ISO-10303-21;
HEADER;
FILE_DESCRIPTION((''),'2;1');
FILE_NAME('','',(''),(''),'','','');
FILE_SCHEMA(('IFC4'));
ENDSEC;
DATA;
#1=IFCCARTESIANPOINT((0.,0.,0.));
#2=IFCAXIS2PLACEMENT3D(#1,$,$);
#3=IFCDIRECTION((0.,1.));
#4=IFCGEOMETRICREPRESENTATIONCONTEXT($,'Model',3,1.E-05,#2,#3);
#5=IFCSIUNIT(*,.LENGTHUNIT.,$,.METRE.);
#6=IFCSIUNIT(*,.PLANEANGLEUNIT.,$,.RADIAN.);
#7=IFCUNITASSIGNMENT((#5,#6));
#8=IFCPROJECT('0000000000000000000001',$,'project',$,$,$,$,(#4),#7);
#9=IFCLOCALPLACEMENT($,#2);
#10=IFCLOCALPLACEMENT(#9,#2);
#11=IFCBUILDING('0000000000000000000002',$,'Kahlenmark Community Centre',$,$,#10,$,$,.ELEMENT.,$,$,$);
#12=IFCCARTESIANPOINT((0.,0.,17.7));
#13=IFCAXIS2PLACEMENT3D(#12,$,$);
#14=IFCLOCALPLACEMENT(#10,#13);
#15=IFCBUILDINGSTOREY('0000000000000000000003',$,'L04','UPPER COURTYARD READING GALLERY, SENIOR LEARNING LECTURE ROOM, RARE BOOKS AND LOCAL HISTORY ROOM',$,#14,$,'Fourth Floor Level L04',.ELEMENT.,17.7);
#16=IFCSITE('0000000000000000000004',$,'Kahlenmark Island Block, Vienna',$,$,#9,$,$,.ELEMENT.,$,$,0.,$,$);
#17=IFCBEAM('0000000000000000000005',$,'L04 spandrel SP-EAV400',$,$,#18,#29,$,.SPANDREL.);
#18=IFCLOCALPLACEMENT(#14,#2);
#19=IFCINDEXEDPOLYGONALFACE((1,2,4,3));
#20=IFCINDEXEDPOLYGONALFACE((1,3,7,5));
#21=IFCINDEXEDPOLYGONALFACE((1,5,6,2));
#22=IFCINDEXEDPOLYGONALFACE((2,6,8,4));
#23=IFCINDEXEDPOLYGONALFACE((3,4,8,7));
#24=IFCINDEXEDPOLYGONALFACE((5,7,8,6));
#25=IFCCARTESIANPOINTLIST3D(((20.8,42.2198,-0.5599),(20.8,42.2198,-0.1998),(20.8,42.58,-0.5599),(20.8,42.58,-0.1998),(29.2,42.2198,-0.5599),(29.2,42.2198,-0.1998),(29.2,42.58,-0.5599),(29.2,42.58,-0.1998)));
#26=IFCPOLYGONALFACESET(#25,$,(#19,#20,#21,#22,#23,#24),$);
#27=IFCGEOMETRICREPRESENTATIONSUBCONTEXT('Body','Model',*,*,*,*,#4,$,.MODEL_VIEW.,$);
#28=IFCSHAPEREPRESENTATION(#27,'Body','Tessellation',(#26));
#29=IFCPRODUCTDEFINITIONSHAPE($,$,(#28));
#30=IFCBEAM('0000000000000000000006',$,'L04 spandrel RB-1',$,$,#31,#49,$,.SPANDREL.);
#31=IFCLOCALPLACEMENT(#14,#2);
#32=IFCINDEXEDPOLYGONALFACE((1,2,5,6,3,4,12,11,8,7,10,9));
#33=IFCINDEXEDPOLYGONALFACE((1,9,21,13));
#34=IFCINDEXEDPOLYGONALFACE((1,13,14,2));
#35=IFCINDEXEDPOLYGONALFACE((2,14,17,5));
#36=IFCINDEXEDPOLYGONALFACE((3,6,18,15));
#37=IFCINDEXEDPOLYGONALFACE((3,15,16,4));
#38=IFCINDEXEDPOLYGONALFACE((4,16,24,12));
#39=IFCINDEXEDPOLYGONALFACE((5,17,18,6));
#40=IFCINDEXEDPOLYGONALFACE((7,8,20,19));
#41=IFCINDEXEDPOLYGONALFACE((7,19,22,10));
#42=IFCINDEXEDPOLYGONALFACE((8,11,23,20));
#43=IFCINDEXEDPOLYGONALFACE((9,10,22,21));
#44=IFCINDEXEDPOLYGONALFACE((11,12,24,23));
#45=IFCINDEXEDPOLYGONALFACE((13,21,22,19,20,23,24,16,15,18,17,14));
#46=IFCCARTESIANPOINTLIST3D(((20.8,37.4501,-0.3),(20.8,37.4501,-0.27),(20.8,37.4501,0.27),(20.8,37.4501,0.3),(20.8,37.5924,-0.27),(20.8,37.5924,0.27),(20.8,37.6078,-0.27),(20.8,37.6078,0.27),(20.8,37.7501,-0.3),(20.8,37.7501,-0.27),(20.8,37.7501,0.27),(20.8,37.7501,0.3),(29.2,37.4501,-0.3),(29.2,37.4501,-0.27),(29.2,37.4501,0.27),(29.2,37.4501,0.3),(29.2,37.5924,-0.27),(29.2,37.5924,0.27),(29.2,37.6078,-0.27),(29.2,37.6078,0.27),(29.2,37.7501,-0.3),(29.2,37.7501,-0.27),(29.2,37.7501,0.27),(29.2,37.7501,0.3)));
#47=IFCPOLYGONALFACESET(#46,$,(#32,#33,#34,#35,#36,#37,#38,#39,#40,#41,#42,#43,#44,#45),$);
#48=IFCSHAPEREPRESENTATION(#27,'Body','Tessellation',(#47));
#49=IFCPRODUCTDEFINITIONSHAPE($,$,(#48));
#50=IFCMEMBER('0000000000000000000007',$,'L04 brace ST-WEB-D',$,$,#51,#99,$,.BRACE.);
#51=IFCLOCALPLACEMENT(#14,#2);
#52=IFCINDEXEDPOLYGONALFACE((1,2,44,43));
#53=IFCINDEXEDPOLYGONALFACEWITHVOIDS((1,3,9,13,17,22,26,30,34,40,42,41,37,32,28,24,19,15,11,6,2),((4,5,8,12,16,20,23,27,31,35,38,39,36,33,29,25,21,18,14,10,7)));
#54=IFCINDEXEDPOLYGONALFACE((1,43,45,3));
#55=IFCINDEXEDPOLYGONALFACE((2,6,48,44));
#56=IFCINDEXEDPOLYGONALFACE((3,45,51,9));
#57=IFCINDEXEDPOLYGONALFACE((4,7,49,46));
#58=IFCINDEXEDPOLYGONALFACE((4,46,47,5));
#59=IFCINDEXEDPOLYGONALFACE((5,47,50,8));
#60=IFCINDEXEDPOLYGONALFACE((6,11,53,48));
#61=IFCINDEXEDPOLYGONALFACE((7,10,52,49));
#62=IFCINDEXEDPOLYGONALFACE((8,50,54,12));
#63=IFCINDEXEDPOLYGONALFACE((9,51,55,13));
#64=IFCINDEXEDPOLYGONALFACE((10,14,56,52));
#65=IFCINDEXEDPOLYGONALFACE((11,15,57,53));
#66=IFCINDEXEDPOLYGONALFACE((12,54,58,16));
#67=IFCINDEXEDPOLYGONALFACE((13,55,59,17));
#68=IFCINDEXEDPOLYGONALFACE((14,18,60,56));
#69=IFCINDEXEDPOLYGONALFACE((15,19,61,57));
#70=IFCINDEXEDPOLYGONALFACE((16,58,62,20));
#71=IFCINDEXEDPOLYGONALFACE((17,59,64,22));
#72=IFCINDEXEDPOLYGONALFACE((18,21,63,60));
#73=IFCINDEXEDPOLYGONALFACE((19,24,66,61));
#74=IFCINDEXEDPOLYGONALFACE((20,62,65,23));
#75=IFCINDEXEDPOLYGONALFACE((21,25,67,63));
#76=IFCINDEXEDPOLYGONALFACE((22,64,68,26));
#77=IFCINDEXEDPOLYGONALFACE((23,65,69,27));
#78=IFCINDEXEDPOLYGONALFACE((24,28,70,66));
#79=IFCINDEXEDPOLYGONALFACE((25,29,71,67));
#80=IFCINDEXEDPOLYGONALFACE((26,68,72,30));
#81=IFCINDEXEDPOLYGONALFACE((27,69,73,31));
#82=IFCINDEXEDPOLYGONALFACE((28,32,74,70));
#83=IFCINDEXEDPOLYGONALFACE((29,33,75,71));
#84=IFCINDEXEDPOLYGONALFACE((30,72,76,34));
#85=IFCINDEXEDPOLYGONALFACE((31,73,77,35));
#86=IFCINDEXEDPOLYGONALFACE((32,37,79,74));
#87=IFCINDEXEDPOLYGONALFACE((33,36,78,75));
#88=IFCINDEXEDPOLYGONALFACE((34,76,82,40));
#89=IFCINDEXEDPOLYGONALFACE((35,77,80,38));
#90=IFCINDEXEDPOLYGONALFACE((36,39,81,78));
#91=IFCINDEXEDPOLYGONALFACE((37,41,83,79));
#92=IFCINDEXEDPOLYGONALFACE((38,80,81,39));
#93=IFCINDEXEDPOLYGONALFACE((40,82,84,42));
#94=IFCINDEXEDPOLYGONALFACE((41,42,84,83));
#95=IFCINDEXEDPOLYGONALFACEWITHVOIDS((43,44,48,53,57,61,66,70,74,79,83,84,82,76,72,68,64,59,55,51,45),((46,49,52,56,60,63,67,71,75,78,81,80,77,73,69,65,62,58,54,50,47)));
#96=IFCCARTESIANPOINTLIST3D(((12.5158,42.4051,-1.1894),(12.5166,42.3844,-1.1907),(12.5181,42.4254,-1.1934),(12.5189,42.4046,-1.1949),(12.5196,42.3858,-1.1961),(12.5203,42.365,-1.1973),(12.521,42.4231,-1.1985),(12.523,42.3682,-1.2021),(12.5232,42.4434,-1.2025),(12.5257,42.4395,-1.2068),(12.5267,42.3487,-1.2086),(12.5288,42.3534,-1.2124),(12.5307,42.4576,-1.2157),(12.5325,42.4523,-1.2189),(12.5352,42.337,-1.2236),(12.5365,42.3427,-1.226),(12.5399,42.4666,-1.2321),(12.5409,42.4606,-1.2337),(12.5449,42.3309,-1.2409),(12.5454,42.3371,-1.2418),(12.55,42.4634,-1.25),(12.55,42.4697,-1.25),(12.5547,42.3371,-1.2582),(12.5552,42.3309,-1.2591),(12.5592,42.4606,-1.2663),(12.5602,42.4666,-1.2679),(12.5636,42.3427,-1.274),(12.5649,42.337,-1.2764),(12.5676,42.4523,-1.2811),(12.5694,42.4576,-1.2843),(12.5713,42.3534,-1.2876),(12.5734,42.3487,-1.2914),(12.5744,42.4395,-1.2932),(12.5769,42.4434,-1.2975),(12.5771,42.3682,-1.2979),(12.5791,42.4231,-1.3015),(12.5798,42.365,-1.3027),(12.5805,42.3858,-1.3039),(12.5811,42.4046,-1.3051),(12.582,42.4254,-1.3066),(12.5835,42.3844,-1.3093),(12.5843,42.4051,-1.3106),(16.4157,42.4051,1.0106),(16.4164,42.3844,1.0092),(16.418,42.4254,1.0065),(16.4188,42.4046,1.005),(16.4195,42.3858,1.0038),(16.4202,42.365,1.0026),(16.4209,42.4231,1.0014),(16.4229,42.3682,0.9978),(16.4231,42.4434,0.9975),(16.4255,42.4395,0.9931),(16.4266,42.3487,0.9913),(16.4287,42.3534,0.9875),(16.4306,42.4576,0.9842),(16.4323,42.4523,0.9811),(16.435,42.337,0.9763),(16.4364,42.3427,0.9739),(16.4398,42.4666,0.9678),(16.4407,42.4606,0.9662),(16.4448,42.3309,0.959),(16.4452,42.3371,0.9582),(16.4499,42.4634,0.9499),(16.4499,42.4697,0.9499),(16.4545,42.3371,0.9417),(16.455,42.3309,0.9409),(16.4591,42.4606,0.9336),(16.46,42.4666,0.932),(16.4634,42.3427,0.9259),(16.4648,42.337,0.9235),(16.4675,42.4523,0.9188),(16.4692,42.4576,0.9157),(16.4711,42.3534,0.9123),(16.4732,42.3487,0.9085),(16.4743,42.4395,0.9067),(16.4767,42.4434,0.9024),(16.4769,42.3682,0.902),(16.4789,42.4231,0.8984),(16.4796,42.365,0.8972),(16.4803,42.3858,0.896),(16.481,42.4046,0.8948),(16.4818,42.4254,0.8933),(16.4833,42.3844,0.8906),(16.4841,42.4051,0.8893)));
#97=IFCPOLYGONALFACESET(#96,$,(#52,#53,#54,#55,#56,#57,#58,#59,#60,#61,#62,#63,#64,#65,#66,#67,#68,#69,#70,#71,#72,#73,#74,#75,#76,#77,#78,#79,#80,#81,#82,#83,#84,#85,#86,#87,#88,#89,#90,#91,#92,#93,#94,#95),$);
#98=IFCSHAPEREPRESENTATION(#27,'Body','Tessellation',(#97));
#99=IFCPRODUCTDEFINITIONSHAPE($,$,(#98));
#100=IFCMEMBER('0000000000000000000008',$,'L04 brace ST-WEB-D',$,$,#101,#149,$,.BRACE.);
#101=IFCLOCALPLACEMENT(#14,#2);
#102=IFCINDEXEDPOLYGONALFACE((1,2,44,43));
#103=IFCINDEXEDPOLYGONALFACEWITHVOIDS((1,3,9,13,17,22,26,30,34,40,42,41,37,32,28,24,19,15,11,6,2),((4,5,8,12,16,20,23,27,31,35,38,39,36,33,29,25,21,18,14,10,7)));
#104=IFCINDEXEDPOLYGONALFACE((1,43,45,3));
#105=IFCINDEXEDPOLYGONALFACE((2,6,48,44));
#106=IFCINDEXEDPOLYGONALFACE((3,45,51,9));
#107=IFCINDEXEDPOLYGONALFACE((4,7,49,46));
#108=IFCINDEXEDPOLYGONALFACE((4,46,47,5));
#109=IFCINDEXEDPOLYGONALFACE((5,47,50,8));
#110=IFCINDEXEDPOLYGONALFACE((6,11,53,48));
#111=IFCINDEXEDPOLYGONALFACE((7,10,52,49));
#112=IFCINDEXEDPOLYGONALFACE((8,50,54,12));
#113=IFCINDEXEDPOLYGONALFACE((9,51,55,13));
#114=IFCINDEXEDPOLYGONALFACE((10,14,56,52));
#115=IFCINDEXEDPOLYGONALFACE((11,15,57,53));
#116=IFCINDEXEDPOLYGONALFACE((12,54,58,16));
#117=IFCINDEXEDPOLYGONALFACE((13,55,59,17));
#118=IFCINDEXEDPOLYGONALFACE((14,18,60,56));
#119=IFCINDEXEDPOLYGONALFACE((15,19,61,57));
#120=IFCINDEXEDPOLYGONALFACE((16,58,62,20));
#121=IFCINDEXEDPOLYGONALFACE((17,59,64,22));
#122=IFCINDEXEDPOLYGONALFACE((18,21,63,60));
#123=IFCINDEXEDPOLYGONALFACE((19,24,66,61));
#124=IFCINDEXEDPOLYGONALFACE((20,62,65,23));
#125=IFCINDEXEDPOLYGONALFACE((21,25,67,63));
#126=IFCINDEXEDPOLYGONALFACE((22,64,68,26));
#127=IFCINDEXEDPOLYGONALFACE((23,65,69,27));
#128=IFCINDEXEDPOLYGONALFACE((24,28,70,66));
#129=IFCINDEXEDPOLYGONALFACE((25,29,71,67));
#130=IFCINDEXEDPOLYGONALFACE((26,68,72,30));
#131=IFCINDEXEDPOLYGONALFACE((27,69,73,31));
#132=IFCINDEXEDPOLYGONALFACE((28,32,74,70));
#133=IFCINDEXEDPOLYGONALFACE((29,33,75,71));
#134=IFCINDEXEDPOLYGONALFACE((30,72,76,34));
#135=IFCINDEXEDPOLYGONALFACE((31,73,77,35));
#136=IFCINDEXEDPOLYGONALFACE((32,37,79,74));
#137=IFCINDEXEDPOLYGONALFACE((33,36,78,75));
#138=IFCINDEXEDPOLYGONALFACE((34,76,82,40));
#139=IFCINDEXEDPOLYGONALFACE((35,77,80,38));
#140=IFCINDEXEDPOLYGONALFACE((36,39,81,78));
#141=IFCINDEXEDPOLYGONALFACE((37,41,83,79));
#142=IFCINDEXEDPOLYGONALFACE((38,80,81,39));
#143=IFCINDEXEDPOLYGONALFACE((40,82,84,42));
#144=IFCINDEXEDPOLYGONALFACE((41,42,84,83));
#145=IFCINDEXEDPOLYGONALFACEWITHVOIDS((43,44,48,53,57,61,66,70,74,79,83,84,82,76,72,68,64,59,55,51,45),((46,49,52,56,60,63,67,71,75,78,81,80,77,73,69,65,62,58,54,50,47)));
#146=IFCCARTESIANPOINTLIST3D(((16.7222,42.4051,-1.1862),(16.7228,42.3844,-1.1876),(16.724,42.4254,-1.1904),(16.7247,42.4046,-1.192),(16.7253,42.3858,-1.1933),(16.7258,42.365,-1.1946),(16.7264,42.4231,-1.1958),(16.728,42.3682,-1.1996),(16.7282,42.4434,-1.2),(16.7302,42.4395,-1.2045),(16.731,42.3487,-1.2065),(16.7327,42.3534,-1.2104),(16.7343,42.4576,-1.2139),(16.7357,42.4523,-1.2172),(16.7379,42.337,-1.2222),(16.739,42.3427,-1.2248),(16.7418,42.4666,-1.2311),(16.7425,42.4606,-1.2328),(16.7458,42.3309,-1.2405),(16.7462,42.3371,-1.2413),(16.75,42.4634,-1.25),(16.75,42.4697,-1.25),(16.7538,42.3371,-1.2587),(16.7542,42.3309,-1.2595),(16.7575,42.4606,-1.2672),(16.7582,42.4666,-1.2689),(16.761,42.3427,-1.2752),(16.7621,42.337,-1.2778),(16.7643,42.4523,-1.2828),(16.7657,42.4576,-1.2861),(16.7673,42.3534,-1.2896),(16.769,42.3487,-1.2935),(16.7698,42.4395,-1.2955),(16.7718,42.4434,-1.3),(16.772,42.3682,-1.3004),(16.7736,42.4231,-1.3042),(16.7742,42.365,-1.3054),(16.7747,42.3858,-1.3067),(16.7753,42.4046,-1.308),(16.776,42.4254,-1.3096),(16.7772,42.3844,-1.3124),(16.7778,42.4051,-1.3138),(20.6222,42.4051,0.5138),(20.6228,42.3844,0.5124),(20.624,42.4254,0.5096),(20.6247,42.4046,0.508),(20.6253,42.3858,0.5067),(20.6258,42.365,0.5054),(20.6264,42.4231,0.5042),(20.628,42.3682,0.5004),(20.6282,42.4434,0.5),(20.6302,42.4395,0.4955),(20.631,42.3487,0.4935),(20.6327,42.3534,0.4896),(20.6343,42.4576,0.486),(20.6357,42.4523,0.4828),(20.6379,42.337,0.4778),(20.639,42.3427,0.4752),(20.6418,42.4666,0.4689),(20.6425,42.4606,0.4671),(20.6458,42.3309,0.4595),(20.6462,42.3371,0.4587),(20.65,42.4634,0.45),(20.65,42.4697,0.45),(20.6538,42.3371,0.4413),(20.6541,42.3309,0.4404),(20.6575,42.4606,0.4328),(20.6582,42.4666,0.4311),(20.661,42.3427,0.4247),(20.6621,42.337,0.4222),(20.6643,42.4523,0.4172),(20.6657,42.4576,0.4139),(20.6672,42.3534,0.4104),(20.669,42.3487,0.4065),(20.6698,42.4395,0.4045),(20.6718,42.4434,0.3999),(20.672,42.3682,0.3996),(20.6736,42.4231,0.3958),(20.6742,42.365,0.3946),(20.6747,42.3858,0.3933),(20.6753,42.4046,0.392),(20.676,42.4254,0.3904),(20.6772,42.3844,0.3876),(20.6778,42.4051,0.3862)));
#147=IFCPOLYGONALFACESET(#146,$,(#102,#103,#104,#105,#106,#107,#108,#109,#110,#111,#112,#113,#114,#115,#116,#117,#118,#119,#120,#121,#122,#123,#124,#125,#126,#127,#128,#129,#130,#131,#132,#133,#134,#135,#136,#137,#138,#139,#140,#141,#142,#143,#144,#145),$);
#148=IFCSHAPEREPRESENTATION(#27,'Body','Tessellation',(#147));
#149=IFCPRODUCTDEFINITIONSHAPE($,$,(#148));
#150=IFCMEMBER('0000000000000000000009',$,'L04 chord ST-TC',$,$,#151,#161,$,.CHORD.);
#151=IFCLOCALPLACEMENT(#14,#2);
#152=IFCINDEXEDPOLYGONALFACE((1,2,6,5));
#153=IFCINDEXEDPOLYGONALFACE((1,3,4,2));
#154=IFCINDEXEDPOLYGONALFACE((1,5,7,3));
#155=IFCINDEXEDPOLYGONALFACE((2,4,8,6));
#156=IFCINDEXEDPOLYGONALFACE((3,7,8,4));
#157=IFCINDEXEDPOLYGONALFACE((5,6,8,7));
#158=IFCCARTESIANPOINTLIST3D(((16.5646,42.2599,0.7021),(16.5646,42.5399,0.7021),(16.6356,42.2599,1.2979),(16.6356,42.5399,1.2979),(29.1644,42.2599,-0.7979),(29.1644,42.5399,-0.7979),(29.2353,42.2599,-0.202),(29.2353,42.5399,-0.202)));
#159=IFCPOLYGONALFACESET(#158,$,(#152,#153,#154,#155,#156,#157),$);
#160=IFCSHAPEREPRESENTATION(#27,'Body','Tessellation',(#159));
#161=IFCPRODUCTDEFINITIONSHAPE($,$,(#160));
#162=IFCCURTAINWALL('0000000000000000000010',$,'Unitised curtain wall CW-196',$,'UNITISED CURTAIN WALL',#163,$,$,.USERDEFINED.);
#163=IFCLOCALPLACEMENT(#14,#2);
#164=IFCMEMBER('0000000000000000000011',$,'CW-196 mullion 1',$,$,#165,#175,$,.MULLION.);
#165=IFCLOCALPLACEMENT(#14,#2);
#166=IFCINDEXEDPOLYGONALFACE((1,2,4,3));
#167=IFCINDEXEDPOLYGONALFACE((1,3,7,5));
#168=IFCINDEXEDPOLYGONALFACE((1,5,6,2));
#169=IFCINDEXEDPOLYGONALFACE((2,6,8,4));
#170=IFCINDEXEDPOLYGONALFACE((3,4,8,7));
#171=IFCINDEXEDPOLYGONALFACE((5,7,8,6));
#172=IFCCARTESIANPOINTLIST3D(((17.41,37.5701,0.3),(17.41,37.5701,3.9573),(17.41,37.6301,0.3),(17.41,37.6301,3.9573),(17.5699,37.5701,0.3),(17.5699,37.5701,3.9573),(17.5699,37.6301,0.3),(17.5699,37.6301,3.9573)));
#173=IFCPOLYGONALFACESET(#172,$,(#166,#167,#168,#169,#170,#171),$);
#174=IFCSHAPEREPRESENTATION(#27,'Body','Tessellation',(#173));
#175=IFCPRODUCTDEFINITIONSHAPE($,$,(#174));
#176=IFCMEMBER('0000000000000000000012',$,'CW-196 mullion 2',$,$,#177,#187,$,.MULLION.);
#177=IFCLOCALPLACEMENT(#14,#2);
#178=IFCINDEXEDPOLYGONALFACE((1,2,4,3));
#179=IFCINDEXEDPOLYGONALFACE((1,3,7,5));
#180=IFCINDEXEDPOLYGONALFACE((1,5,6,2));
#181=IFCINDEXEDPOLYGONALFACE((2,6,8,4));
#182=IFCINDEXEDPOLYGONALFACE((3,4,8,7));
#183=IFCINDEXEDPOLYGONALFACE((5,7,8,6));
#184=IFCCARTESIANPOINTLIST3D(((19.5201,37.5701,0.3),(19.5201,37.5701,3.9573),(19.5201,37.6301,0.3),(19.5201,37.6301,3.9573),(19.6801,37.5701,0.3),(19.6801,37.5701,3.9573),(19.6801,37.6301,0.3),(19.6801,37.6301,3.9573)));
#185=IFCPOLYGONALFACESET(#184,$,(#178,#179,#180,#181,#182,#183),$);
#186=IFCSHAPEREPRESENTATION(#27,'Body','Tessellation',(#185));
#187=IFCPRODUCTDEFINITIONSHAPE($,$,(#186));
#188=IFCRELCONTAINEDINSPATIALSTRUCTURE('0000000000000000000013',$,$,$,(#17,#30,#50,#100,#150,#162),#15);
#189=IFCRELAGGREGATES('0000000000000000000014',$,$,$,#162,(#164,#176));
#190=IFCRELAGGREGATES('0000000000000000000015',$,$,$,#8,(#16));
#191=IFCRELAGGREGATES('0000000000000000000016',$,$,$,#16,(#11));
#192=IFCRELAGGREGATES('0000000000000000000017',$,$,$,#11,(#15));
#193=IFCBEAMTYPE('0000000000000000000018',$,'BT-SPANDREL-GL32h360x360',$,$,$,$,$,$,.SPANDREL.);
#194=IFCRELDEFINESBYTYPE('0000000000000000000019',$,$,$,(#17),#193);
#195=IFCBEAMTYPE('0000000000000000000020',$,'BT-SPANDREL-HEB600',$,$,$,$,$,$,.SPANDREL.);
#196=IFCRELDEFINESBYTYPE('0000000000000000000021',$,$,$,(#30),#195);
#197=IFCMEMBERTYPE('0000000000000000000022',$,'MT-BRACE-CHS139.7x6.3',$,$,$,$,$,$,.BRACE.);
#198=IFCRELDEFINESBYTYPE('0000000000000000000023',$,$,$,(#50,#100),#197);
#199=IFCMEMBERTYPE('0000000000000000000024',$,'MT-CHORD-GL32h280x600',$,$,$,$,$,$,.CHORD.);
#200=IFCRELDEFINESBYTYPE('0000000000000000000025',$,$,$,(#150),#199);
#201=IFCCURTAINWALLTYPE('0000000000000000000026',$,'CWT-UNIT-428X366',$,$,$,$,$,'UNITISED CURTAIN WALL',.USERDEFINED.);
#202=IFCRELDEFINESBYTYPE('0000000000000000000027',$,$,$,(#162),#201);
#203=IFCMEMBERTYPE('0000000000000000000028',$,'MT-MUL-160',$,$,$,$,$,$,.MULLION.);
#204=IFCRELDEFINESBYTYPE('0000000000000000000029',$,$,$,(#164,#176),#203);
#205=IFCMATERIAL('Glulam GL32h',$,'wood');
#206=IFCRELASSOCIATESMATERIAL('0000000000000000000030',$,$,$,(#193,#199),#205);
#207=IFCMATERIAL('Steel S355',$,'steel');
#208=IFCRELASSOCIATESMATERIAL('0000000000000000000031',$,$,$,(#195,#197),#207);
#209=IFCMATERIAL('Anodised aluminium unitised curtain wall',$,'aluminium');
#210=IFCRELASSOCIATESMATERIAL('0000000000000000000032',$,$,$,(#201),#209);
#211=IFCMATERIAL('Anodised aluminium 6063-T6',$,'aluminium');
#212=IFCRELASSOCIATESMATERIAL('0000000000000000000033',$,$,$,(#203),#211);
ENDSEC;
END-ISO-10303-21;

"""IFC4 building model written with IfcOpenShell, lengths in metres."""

from ifc_helpers import new_model, si_unit, direction, frame, origin, origin_2d, place, context, subcontext, project, spatial, rectangle, hollow_circle, i_section, extrude, material, material_profile, profile_set, type_object, element, aggregate, save


model = new_model("IFC4")

# Units and contexts
model_context = context("Model", 3, precision=1e-05, world=origin(), true_north=direction((0.0, 1.0)))
body_context = subcontext(model_context, "Body", "Model", "MODEL_VIEW")
ifc_project = project(units=[si_unit("LENGTHUNIT", "METRE"), si_unit("PLANEANGLEUNIT", "RADIAN")], contexts=[model_context])

# Site, building, storey
site_placement = place(None, origin())
site = spatial("IfcSite", under=ifc_project, at=site_placement, Name="Kahlenmark Island Block, Vienna", CompositionType="ELEMENT", RefElevation=0.0)
building_placement = place(site_placement, origin())
building = spatial("IfcBuilding", under=site, at=building_placement, Name="Kahlenmark Community Centre", CompositionType="ELEMENT")
storey_placement = place(building_placement, frame((0.0, 0.0, 17.7)))
storey = spatial("IfcBuildingStorey", under=building, at=storey_placement, Name="L04", Description="UPPER COURTYARD READING GALLERY, SENIOR LEARNING LECTURE ROOM, RARE BOOKS AND LOCAL HISTORY ROOM", LongName="Fourth Floor Level L04", CompositionType="ELEMENT", Elevation=17.7)

# Beams
ifc_material_1 = material(Name="Glulam GL32h", Category="wood")
ifc_material_profile_1 = material_profile(ifc_material_1, rectangle(XDim=0.3601, YDim=0.3601, at=origin_2d()), Name="GL32h 360x360")
ifc_profile_set_1 = profile_set([ifc_material_profile_1], Name="Glulam GL32h")
beam_type_1 = type_object("IfcBeamType", Name="BT-SPANDREL-GL32h360x360", PredefinedType="SPANDREL", material=ifc_profile_set_1)
beam_1_placement = place(storey_placement, frame((20.8, 42.3999, -0.3799), z_axis=(1.0, 0.0, 0.0), x_axis=(0.0, 1.0, 0.0)))
element("IfcBeam", 1, at=beam_1_placement, inside=storey, type_object=beam_type_1, Name="L04 spandrel SP-EAV400", PredefinedType="SPANDREL", context=body_context, shape_type="SweptSolid", body=[
    extrude(rectangle(XDim=0.3601, YDim=0.3601, at=origin_2d()), origin(), (0.0, 0.0, 1.0), 8.3999),
])
ifc_material_2 = material(Name="Steel S355", Category="steel")
ifc_material_profile_2 = material_profile(ifc_material_2, i_section(OverallWidth=0.3, OverallDepth=0.6001, WebThickness=0.0154, FlangeThickness=0.03, at=origin_2d()), Name="HEB 600")
ifc_profile_set_2 = profile_set([ifc_material_profile_2], Name="Steel S355")
beam_type_2 = type_object("IfcBeamType", Name="BT-SPANDREL-HEB600", PredefinedType="SPANDREL", material=ifc_profile_set_2)
beam_2_placement = place(storey_placement, frame((20.8, 37.6001, 0.0), z_axis=(1.0, 0.0, 0.0), x_axis=(0.0, 1.0, 0.0)))
element("IfcBeam", 2, at=beam_2_placement, inside=storey, type_object=beam_type_2, Name="L04 spandrel RB-1", PredefinedType="SPANDREL", context=body_context, shape_type="SweptSolid", body=[
    extrude(i_section(OverallWidth=0.3, OverallDepth=0.6001, WebThickness=0.0154, FlangeThickness=0.03, at=origin_2d()), origin(), (0.0, 0.0, 1.0), 8.3999),
])

# Members
ifc_material_profile_3 = material_profile(ifc_material_2, hollow_circle(Radius=0.0698, WallThickness=0.0063, at=origin_2d()), Name="CHS 139.7x6.3")
ifc_profile_set_3 = profile_set([ifc_material_profile_3], Name="Steel S355")
member_type_1 = type_object("IfcMemberType", Name="MT-BRACE-CHS139.7x6.3", PredefinedType="BRACE", material=ifc_profile_set_3)
member_1_placement = place(storey_placement, frame((12.55, 42.3999, -1.25), z_axis=(0.870978, 0.0, 0.491322), x_axis=(0.0, 1.0, 0.0)))
element("IfcMember", 3, at=member_1_placement, inside=storey, type_object=member_type_1, Name="L04 brace ST-WEB-D", PredefinedType="BRACE", context=body_context, shape_type="SweptSolid", body=[
    extrude(hollow_circle(Radius=0.0698, WallThickness=0.0063, at=origin_2d()), origin(), (0.0, 0.0, 1.0), 4.4775),
])
member_2_placement = place(storey_placement, frame((16.75, 42.3999, -1.25), z_axis=(0.916697, 0.0, 0.399584), x_axis=(0.0, 1.0, 0.0)))
element("IfcMember", 4, at=member_2_placement, inside=storey, type_object=member_type_1, Name="L04 brace ST-WEB-D", PredefinedType="BRACE", context=body_context, shape_type="SweptSolid", body=[
    extrude(hollow_circle(Radius=0.0698, WallThickness=0.0063, at=origin_2d()), origin(), (0.0, 0.0, 1.0), 4.2544),
])
ifc_material_profile_4 = material_profile(ifc_material_1, rectangle(XDim=0.28, YDim=0.6001, at=origin_2d()), Name="GL32h 280x600")
ifc_profile_set_4 = profile_set([ifc_material_profile_4], Name="Glulam GL32h")
member_type_2 = type_object("IfcMemberType", Name="MT-CHORD-GL32h280x600", PredefinedType="CHORD", material=ifc_profile_set_4)
member_3_placement = place(storey_placement, frame((16.6001, 42.3999, 1.0), z_axis=(0.992988, 0.0, -0.118214), x_axis=(0.0, 1.0, 0.0)))
element("IfcMember", 5, at=member_3_placement, inside=storey, type_object=member_type_2, Name="L04 chord ST-TC", PredefinedType="CHORD", context=body_context, shape_type="SweptSolid", body=[
    extrude(rectangle(XDim=0.28, YDim=0.6001, at=origin_2d()), origin(), (0.0, 0.0, 1.0), 12.6887),
])

# Curtain wall, members
ifc_material_3 = material(Name="Anodised aluminium unitised curtain wall", Category="aluminium")
curtain_wall_type = type_object("IfcCurtainWallType", Name="CWT-UNIT-428X366", ElementType="UNITISED CURTAIN WALL", PredefinedType="USERDEFINED", material=ifc_material_3)
curtain_wall_placement = place(storey_placement, origin())
curtain_wall = element("IfcCurtainWall", 6, at=curtain_wall_placement, inside=storey, type_object=curtain_wall_type, Name="Unitised curtain wall CW-196", ObjectType="UNITISED CURTAIN WALL", PredefinedType="USERDEFINED")
ifc_material_4 = material(Name="Anodised aluminium 6063-T6", Category="aluminium")
ifc_material_profile_5 = material_profile(ifc_material_4, rectangle(XDim=0.0601, YDim=0.1599, at=origin_2d()), Name="ALU MULLION 60x160")
ifc_profile_set_5 = profile_set([ifc_material_profile_5], Name="Anodised aluminium 6063-T6")
member_type_3 = type_object("IfcMemberType", Name="MT-MUL-160", PredefinedType="MULLION", material=ifc_profile_set_5)
member_4_placement = place(storey_placement, frame((17.49, 37.6001, 0.3), z_axis=(0.0, 0.0, 1.0), x_axis=(0.0, 1.0, 0.0)))
member_4 = element("IfcMember", 7, at=member_4_placement, type_object=member_type_3, Name="CW-196 mullion 1", PredefinedType="MULLION", context=body_context, shape_type="SweptSolid", body=[
    extrude(rectangle(XDim=0.0601, YDim=0.1599, at=origin_2d()), origin(), (0.0, 0.0, 1.0), 3.6572),
])
member_5_placement = place(storey_placement, frame((19.6001, 37.6001, 0.3), z_axis=(0.0, 0.0, 1.0), x_axis=(0.0, 1.0, 0.0)))
member_5 = element("IfcMember", 8, at=member_5_placement, type_object=member_type_3, Name="CW-196 mullion 2", PredefinedType="MULLION", context=body_context, shape_type="SweptSolid", body=[
    extrude(rectangle(XDim=0.0601, YDim=0.1599, at=origin_2d()), origin(), (0.0, 0.0, 1.0), 3.6572),
])

aggregate(curtain_wall, [member_4, member_5])

save(model, "model.ifc")
